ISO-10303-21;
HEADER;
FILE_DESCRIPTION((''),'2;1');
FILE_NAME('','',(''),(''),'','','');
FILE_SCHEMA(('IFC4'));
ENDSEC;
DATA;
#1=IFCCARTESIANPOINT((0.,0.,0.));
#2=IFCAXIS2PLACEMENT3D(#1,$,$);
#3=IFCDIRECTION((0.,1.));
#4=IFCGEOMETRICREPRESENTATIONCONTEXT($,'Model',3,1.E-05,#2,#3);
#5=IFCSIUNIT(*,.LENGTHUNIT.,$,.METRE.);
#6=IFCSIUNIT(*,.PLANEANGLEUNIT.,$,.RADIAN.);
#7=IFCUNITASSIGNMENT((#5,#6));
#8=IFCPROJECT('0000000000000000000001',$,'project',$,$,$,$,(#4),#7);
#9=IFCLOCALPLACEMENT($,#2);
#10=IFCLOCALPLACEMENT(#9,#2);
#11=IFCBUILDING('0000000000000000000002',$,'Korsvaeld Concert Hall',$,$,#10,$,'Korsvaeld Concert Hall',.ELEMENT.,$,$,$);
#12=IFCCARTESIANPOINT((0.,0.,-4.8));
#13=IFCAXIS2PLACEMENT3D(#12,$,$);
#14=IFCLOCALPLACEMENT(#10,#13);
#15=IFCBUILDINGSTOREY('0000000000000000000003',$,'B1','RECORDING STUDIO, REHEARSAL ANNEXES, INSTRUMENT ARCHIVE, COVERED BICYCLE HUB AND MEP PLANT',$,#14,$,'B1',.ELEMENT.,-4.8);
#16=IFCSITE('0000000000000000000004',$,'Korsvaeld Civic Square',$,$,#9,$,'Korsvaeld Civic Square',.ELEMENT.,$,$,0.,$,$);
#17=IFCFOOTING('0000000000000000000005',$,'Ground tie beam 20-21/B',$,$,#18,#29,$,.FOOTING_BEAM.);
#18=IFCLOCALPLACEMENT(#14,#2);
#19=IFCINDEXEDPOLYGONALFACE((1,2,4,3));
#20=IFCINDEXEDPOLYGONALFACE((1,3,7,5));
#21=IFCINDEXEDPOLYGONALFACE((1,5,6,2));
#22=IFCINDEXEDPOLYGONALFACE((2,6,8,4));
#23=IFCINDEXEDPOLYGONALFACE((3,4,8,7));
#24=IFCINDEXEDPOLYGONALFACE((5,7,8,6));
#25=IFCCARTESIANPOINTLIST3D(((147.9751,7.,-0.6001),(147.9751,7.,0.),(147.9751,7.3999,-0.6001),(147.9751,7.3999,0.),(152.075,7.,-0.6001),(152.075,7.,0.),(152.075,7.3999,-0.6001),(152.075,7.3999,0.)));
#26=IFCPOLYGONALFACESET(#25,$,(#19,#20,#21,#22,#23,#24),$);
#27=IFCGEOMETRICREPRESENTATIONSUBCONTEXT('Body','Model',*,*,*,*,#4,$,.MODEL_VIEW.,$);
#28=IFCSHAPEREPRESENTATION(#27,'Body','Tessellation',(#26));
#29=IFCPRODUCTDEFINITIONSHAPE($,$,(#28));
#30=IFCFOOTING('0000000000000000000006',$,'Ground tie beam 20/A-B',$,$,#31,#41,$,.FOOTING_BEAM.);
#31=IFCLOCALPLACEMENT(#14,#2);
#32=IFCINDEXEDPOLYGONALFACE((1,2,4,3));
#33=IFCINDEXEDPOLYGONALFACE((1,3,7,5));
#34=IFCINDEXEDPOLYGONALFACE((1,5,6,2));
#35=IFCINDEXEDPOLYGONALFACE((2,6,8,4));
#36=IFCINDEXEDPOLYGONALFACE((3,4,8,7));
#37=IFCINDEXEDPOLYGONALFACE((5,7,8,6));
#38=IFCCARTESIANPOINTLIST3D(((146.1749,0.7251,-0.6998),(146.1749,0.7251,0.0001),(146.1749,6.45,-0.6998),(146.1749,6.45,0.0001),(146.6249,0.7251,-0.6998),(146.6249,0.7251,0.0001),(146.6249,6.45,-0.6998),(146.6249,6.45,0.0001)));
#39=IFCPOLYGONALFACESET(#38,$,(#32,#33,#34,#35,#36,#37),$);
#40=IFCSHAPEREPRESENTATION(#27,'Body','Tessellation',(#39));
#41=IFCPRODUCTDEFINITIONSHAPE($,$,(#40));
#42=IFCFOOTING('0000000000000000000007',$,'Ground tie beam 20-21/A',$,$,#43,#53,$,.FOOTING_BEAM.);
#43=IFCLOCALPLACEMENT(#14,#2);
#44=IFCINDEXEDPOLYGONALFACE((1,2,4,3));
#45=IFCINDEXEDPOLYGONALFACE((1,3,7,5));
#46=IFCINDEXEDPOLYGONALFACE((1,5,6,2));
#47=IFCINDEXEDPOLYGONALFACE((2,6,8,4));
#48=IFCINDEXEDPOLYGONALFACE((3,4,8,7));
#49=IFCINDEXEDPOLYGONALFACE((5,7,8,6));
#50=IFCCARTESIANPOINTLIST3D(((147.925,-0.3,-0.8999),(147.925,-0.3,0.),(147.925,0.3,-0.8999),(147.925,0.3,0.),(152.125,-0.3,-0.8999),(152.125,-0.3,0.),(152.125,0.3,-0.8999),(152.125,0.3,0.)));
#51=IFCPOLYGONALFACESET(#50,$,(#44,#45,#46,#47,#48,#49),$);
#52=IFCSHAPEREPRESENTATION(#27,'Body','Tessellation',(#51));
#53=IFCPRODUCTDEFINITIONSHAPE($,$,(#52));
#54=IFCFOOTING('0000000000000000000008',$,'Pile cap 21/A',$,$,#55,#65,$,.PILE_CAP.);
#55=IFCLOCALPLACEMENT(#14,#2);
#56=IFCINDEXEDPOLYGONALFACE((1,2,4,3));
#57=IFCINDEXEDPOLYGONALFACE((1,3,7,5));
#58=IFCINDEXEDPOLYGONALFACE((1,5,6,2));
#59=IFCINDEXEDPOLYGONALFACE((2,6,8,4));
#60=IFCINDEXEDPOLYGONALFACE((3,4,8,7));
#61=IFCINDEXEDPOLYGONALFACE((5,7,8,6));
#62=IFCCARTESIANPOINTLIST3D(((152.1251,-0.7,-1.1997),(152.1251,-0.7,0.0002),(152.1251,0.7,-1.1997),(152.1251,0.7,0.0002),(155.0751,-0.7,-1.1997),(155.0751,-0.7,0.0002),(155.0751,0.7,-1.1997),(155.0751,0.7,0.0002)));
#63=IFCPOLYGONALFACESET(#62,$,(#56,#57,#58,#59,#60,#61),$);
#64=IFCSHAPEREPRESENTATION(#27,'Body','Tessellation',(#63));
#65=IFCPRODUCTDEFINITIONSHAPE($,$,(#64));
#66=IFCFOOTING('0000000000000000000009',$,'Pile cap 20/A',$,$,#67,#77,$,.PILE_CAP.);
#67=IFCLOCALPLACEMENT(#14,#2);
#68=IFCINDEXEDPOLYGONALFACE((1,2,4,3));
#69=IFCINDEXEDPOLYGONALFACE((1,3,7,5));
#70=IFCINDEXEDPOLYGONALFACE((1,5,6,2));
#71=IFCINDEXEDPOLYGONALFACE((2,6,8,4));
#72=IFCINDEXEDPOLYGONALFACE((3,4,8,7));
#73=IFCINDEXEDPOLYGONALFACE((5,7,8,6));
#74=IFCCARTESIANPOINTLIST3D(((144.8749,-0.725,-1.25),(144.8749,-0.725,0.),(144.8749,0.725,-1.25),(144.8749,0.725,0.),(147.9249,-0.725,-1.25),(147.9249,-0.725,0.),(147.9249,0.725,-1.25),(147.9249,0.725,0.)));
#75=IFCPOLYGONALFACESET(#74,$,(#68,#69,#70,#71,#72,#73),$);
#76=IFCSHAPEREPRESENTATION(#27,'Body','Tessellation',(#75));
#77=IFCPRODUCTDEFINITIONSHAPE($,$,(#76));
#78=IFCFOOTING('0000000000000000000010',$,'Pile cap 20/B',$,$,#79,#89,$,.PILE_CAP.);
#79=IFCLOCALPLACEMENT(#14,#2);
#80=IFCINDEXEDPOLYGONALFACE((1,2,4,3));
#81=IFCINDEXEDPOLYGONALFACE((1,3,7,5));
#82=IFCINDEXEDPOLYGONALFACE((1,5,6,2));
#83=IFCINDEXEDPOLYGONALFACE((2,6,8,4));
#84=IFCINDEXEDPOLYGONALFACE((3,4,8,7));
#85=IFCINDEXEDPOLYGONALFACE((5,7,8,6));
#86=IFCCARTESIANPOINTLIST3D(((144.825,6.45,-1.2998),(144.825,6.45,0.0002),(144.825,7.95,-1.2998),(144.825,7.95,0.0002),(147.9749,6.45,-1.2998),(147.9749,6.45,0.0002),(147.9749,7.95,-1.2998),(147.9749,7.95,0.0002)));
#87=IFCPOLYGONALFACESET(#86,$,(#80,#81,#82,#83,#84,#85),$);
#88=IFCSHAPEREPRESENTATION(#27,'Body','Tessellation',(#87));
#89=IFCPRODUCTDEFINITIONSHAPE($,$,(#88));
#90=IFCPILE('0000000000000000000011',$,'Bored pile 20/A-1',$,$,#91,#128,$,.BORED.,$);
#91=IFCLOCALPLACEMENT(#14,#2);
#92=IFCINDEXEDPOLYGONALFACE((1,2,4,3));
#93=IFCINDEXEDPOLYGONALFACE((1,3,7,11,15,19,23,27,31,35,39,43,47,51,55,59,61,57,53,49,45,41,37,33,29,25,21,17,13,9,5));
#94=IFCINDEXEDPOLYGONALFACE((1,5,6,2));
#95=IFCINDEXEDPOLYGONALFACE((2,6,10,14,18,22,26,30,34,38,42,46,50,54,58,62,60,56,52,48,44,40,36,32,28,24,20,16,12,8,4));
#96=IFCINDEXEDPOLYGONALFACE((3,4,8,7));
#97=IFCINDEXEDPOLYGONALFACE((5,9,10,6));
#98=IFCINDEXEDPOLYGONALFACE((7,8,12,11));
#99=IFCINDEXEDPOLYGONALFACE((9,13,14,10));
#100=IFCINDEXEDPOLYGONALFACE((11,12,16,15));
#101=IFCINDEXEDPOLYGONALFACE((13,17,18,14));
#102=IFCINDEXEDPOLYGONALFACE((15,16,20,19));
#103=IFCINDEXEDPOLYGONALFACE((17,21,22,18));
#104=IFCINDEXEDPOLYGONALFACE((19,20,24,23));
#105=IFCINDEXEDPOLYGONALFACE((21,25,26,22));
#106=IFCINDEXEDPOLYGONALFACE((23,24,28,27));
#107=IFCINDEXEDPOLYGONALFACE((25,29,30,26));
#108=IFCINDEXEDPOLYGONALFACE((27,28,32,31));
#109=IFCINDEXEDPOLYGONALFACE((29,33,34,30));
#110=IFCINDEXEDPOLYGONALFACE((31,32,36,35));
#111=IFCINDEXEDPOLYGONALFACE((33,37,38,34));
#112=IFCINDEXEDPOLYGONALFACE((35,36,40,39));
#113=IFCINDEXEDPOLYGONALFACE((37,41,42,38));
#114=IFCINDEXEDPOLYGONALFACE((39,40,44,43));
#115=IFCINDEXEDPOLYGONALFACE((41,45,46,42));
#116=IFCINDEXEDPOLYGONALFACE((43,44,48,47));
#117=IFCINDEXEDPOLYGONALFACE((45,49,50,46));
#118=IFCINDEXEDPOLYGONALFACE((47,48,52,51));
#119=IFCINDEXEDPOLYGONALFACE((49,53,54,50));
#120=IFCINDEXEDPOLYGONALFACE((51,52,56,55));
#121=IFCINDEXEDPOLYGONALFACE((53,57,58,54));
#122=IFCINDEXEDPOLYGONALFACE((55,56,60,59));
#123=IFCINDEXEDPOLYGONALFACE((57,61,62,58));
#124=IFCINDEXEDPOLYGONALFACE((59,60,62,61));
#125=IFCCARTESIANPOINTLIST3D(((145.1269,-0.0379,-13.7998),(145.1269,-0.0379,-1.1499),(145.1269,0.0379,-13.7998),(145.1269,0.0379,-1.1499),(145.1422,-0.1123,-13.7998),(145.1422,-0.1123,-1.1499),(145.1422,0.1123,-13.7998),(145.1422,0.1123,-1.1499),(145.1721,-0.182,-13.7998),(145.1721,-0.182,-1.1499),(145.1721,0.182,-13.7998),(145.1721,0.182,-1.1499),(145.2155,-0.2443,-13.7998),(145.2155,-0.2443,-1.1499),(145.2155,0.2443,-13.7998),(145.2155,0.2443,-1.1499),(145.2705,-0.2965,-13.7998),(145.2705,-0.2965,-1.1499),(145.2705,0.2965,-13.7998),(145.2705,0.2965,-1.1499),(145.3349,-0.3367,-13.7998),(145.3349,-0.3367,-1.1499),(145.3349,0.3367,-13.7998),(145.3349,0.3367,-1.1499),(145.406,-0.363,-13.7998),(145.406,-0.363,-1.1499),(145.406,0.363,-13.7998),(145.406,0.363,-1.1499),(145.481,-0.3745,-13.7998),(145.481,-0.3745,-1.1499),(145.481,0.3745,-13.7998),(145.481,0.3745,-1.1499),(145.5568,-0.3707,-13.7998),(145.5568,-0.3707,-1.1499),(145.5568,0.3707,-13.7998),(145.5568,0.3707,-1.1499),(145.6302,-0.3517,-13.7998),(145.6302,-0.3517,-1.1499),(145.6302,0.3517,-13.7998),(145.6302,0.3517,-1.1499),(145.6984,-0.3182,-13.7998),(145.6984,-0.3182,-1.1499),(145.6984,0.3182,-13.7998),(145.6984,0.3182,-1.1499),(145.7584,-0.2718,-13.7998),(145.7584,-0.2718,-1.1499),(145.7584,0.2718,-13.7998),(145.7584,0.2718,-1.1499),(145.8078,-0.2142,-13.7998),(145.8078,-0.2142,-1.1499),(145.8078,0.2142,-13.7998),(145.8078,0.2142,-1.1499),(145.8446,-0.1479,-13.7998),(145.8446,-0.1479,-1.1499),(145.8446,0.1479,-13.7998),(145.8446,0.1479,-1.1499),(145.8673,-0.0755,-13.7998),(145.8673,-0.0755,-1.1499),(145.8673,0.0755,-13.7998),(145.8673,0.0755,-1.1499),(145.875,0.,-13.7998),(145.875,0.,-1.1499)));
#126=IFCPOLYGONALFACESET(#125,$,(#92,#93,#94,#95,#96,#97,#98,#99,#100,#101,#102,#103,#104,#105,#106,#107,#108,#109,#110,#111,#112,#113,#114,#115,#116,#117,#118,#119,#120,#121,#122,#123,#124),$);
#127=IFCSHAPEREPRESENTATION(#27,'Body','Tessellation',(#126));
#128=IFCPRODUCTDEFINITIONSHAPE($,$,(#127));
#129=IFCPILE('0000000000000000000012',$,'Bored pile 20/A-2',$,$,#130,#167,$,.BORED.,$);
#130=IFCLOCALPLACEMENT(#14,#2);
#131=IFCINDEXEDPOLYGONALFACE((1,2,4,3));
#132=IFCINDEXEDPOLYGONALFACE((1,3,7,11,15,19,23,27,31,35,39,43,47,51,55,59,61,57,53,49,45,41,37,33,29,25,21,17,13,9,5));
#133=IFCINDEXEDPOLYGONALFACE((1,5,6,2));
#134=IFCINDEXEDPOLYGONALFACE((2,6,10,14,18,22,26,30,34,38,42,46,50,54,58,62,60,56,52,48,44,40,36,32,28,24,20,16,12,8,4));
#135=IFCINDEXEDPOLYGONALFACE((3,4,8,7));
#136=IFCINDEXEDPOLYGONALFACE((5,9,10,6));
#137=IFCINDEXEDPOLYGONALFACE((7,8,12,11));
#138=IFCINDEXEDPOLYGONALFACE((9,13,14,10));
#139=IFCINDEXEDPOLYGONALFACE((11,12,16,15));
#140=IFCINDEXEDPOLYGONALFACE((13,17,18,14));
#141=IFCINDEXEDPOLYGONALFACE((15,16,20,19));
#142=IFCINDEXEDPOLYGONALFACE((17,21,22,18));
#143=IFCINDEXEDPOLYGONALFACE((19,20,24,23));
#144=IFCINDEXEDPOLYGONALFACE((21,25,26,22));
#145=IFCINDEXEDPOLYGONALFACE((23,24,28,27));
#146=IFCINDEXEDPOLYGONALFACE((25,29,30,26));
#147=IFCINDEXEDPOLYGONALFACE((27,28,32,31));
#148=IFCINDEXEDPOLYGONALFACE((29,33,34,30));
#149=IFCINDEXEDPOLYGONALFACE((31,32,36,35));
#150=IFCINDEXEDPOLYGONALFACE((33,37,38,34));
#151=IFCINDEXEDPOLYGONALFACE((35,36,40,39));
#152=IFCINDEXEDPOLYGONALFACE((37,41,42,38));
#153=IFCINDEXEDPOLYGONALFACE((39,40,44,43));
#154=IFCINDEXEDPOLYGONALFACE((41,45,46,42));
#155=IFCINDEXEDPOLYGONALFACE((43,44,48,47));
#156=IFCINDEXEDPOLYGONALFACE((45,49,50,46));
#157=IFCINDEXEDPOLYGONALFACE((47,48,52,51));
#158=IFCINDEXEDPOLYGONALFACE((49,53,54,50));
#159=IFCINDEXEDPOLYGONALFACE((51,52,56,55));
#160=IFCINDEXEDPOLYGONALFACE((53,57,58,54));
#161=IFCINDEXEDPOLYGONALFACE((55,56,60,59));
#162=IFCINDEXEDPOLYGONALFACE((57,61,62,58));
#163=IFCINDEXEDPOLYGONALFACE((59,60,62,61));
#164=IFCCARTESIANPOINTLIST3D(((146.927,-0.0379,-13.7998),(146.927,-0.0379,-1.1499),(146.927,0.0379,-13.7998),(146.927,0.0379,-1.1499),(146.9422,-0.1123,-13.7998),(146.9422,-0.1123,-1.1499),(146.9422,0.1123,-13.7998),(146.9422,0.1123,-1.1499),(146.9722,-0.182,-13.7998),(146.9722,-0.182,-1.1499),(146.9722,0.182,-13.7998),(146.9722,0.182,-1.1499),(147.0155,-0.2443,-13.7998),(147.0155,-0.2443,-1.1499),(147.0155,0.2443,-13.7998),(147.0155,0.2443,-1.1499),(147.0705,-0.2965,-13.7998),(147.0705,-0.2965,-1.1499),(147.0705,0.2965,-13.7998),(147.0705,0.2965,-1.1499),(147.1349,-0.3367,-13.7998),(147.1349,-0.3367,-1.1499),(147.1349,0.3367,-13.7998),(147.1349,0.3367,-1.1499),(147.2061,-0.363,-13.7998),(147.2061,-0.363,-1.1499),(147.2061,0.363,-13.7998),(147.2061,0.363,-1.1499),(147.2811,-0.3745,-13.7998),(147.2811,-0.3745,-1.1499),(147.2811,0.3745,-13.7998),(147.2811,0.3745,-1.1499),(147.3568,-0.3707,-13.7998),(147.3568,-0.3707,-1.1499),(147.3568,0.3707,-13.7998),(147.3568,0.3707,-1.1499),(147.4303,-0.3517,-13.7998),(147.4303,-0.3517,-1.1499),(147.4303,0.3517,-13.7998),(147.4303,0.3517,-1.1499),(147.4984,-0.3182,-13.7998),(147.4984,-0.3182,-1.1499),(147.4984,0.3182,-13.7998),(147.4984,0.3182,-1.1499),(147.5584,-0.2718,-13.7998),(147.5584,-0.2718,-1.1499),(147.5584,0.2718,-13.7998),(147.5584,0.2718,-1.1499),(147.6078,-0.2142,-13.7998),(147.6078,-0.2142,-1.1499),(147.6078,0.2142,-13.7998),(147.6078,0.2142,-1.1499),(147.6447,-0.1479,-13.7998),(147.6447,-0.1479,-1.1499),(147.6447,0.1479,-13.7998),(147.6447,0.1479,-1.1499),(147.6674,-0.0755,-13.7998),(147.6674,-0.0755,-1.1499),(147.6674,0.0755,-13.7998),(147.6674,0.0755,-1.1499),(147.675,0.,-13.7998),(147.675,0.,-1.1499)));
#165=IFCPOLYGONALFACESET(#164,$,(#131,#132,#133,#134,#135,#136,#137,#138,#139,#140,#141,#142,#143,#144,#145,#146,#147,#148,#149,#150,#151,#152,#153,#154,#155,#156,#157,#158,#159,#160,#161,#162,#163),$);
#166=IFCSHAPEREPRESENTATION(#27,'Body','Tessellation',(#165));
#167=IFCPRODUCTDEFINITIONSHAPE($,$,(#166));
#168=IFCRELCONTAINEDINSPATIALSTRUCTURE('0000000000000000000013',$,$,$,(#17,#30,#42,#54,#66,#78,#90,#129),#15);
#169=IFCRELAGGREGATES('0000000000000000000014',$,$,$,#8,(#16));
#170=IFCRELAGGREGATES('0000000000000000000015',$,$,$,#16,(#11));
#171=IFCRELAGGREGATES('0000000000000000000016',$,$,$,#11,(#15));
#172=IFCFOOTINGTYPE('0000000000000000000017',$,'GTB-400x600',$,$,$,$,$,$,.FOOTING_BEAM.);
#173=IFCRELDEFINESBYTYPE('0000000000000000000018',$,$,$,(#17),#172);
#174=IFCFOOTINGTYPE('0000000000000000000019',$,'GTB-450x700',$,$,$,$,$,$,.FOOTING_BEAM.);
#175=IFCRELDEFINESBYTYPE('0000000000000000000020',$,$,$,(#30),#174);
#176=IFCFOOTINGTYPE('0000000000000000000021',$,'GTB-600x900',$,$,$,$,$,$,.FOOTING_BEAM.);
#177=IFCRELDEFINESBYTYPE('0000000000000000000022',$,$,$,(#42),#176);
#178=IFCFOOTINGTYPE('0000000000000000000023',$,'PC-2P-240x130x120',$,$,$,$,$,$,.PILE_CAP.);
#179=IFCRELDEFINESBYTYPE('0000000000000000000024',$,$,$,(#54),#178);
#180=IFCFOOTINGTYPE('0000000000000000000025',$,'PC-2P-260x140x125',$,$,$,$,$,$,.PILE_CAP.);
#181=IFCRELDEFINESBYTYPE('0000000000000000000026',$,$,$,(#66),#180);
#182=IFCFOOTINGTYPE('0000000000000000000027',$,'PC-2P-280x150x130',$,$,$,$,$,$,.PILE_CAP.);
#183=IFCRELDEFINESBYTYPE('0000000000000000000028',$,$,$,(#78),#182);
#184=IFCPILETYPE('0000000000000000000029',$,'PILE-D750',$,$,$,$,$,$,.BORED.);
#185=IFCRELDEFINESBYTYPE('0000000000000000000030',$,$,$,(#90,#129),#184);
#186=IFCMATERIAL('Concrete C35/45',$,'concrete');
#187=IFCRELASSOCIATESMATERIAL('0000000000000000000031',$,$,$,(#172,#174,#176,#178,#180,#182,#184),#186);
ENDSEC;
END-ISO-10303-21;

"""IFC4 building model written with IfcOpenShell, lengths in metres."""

from ifc_helpers import new_model, si_unit, direction, frame, origin, origin_2d, place, context, subcontext, project, spatial, rectangle, circle, extrude, material, material_profile, profile_set, type_object, element, save


model = new_model("IFC4")

# Units and contexts
model_context = context("Model", 3, precision=1e-05, world=origin(), true_north=direction((0.0, 1.0)))
body_context = subcontext(model_context, "Body", "Model", "MODEL_VIEW")
ifc_project = project(units=[si_unit("LENGTHUNIT", "METRE"), si_unit("PLANEANGLEUNIT", "RADIAN")], contexts=[model_context])

# Site, building, storey
site_placement = place(None, origin())
site = spatial("IfcSite", under=ifc_project, at=site_placement, Name="Korsvaeld Civic Square", LongName="Korsvaeld Civic Square", CompositionType="ELEMENT", RefElevation=0.0)
building_placement = place(site_placement, origin())
building = spatial("IfcBuilding", under=site, at=building_placement, Name="Korsvaeld Concert Hall", LongName="Korsvaeld Concert Hall", CompositionType="ELEMENT")
storey_placement = place(building_placement, frame((0.0, 0.0, -4.8)))
storey = spatial("IfcBuildingStorey", under=building, at=storey_placement, Name="B1", Description="RECORDING STUDIO, REHEARSAL ANNEXES, INSTRUMENT ARCHIVE, COVERED BICYCLE HUB AND MEP PLANT", LongName="B1", CompositionType="ELEMENT", Elevation=-4.8)

# Footings
ifc_material_1 = material(Name="Concrete C35/45", Category="concrete")
ifc_material_profile_1 = material_profile(ifc_material_1, rectangle(XDim=0.3999, YDim=0.6001, at=origin_2d()), Name="GTB 400x600")
ifc_profile_set_1 = profile_set([ifc_material_profile_1], Name="Concrete C35/45")
footing_type_1 = type_object("IfcFootingType", Name="GTB-400x600", PredefinedType="FOOTING_BEAM", material=ifc_profile_set_1)
footing_1_placement = place(storey_placement, frame((147.9751, 7.2, -0.3), z_axis=(1.0, 0.0, 0.0), x_axis=(0.0, 1.0, 0.0)))
element("IfcFooting", 1, at=footing_1_placement, inside=storey, type_object=footing_type_1, Name="Ground tie beam 20-21/B", PredefinedType="FOOTING_BEAM", context=body_context, shape_type="SweptSolid", body=[
    extrude(rectangle(XDim=0.3999, YDim=0.6001, at=origin_2d()), origin(), (0.0, 0.0, 1.0), 4.0999),
])
ifc_material_profile_2 = material_profile(ifc_material_1, rectangle(XDim=0.45, YDim=0.7, at=origin_2d()), Name="GTB 450x700")
ifc_profile_set_2 = profile_set([ifc_material_profile_2], Name="Concrete C35/45")
footing_type_2 = type_object("IfcFootingType", Name="GTB-450x700", PredefinedType="FOOTING_BEAM", material=ifc_profile_set_2)
footing_2_placement = place(storey_placement, frame((146.3999, 0.7251, -0.3499), z_axis=(0.0, 1.0, 0.0), x_axis=(-1.0, 0.0, 0.0)))
element("IfcFooting", 2, at=footing_2_placement, inside=storey, type_object=footing_type_2, Name="Ground tie beam 20/A-B", PredefinedType="FOOTING_BEAM", context=body_context, shape_type="SweptSolid", body=[
    extrude(rectangle(XDim=0.45, YDim=0.7, at=origin_2d()), origin(), (0.0, 0.0, 1.0), 5.7249),
])
ifc_material_profile_3 = material_profile(ifc_material_1, rectangle(XDim=0.6001, YDim=0.8999, at=origin_2d()), Name="GTB 600x900")
ifc_profile_set_3 = profile_set([ifc_material_profile_3], Name="Concrete C35/45")
footing_type_3 = type_object("IfcFootingType", Name="GTB-600x900", PredefinedType="FOOTING_BEAM", material=ifc_profile_set_3)
footing_3_placement = place(storey_placement, frame((147.925, 0.0, -0.45), z_axis=(1.0, 0.0, 0.0), x_axis=(0.0, 1.0, 0.0)))
element("IfcFooting", 3, at=footing_3_placement, inside=storey, type_object=footing_type_3, Name="Ground tie beam 20-21/A", PredefinedType="FOOTING_BEAM", context=body_context, shape_type="SweptSolid", body=[
    extrude(rectangle(XDim=0.6001, YDim=0.8999, at=origin_2d()), origin(), (0.0, 0.0, 1.0), 4.2),
])
footing_type_4 = type_object("IfcFootingType", Name="PC-2P-240x130x120", PredefinedType="PILE_CAP", material=ifc_material_1)
footing_4_placement = place(storey_placement, frame((153.6001, 0.0, -1.1997), z_axis=(0.0, 0.0, 1.0), x_axis=(1.0, 0.0, 0.0)))
element("IfcFooting", 4, at=footing_4_placement, inside=storey, type_object=footing_type_4, Name="Pile cap 21/A", PredefinedType="PILE_CAP", context=body_context, shape_type="SweptSolid", body=[
    extrude(rectangle(XDim=2.95, YDim=1.3999, at=origin_2d()), origin(), (0.0, 0.0, 1.0), 1.2),
])
footing_type_5 = type_object("IfcFootingType", Name="PC-2P-260x140x125", PredefinedType="PILE_CAP", material=ifc_material_1)
footing_5_placement = place(storey_placement, frame((146.3999, 0.0, -1.25), z_axis=(0.0, 0.0, 1.0), x_axis=(1.0, 0.0, 0.0)))
element("IfcFooting", 5, at=footing_5_placement, inside=storey, type_object=footing_type_5, Name="Pile cap 20/A", PredefinedType="PILE_CAP", context=body_context, shape_type="SweptSolid", body=[
    extrude(rectangle(XDim=3.05, YDim=1.45, at=origin_2d()), origin(), (0.0, 0.0, 1.0), 1.25),
])
footing_type_6 = type_object("IfcFootingType", Name="PC-2P-280x150x130", PredefinedType="PILE_CAP", material=ifc_material_1)
footing_6_placement = place(storey_placement, frame((146.3999, 7.2, -1.2998), z_axis=(0.0, 0.0, 1.0), x_axis=(1.0, 0.0, 0.0)))
element("IfcFooting", 6, at=footing_6_placement, inside=storey, type_object=footing_type_6, Name="Pile cap 20/B", PredefinedType="PILE_CAP", context=body_context, shape_type="SweptSolid", body=[
    extrude(rectangle(XDim=3.1499, YDim=1.5, at=origin_2d()), origin(), (0.0, 0.0, 1.0), 1.3),
])

# Piles
ifc_material_profile_4 = material_profile(ifc_material_1, circle(Radius=0.375, at=origin_2d()), Name="BORED PILE D750")
ifc_profile_set_4 = profile_set([ifc_material_profile_4], Name="Concrete C35/45")
pile_type_1 = type_object("IfcPileType", Name="PILE-D750", PredefinedType="BORED", material=ifc_profile_set_4)
for number, where, z_axis, x_axis, name in (
    (7, (145.5, 0.0, -1.1499), (0.0, 0.0, -1.0), (1.0, 0.0, 0.0), "Bored pile 20/A-1"),
    (8, (147.3, 0.0, -1.1499), (0.0, 0.0, -1.0), (1.0, 0.0, 0.0), "Bored pile 20/A-2"),
):
    element("IfcPile", number, at=place(storey_placement, frame(where, z_axis=z_axis, x_axis=x_axis)), inside=storey, type_object=pile_type_1, Name=name, PredefinedType="BORED", context=body_context, shape_type="SweptSolid", body=[
        extrude(circle(Radius=0.375, at=origin_2d()), origin(), (0.0, 0.0, 1.0), 12.6499),
    ])

save(model, "model.ifc")
